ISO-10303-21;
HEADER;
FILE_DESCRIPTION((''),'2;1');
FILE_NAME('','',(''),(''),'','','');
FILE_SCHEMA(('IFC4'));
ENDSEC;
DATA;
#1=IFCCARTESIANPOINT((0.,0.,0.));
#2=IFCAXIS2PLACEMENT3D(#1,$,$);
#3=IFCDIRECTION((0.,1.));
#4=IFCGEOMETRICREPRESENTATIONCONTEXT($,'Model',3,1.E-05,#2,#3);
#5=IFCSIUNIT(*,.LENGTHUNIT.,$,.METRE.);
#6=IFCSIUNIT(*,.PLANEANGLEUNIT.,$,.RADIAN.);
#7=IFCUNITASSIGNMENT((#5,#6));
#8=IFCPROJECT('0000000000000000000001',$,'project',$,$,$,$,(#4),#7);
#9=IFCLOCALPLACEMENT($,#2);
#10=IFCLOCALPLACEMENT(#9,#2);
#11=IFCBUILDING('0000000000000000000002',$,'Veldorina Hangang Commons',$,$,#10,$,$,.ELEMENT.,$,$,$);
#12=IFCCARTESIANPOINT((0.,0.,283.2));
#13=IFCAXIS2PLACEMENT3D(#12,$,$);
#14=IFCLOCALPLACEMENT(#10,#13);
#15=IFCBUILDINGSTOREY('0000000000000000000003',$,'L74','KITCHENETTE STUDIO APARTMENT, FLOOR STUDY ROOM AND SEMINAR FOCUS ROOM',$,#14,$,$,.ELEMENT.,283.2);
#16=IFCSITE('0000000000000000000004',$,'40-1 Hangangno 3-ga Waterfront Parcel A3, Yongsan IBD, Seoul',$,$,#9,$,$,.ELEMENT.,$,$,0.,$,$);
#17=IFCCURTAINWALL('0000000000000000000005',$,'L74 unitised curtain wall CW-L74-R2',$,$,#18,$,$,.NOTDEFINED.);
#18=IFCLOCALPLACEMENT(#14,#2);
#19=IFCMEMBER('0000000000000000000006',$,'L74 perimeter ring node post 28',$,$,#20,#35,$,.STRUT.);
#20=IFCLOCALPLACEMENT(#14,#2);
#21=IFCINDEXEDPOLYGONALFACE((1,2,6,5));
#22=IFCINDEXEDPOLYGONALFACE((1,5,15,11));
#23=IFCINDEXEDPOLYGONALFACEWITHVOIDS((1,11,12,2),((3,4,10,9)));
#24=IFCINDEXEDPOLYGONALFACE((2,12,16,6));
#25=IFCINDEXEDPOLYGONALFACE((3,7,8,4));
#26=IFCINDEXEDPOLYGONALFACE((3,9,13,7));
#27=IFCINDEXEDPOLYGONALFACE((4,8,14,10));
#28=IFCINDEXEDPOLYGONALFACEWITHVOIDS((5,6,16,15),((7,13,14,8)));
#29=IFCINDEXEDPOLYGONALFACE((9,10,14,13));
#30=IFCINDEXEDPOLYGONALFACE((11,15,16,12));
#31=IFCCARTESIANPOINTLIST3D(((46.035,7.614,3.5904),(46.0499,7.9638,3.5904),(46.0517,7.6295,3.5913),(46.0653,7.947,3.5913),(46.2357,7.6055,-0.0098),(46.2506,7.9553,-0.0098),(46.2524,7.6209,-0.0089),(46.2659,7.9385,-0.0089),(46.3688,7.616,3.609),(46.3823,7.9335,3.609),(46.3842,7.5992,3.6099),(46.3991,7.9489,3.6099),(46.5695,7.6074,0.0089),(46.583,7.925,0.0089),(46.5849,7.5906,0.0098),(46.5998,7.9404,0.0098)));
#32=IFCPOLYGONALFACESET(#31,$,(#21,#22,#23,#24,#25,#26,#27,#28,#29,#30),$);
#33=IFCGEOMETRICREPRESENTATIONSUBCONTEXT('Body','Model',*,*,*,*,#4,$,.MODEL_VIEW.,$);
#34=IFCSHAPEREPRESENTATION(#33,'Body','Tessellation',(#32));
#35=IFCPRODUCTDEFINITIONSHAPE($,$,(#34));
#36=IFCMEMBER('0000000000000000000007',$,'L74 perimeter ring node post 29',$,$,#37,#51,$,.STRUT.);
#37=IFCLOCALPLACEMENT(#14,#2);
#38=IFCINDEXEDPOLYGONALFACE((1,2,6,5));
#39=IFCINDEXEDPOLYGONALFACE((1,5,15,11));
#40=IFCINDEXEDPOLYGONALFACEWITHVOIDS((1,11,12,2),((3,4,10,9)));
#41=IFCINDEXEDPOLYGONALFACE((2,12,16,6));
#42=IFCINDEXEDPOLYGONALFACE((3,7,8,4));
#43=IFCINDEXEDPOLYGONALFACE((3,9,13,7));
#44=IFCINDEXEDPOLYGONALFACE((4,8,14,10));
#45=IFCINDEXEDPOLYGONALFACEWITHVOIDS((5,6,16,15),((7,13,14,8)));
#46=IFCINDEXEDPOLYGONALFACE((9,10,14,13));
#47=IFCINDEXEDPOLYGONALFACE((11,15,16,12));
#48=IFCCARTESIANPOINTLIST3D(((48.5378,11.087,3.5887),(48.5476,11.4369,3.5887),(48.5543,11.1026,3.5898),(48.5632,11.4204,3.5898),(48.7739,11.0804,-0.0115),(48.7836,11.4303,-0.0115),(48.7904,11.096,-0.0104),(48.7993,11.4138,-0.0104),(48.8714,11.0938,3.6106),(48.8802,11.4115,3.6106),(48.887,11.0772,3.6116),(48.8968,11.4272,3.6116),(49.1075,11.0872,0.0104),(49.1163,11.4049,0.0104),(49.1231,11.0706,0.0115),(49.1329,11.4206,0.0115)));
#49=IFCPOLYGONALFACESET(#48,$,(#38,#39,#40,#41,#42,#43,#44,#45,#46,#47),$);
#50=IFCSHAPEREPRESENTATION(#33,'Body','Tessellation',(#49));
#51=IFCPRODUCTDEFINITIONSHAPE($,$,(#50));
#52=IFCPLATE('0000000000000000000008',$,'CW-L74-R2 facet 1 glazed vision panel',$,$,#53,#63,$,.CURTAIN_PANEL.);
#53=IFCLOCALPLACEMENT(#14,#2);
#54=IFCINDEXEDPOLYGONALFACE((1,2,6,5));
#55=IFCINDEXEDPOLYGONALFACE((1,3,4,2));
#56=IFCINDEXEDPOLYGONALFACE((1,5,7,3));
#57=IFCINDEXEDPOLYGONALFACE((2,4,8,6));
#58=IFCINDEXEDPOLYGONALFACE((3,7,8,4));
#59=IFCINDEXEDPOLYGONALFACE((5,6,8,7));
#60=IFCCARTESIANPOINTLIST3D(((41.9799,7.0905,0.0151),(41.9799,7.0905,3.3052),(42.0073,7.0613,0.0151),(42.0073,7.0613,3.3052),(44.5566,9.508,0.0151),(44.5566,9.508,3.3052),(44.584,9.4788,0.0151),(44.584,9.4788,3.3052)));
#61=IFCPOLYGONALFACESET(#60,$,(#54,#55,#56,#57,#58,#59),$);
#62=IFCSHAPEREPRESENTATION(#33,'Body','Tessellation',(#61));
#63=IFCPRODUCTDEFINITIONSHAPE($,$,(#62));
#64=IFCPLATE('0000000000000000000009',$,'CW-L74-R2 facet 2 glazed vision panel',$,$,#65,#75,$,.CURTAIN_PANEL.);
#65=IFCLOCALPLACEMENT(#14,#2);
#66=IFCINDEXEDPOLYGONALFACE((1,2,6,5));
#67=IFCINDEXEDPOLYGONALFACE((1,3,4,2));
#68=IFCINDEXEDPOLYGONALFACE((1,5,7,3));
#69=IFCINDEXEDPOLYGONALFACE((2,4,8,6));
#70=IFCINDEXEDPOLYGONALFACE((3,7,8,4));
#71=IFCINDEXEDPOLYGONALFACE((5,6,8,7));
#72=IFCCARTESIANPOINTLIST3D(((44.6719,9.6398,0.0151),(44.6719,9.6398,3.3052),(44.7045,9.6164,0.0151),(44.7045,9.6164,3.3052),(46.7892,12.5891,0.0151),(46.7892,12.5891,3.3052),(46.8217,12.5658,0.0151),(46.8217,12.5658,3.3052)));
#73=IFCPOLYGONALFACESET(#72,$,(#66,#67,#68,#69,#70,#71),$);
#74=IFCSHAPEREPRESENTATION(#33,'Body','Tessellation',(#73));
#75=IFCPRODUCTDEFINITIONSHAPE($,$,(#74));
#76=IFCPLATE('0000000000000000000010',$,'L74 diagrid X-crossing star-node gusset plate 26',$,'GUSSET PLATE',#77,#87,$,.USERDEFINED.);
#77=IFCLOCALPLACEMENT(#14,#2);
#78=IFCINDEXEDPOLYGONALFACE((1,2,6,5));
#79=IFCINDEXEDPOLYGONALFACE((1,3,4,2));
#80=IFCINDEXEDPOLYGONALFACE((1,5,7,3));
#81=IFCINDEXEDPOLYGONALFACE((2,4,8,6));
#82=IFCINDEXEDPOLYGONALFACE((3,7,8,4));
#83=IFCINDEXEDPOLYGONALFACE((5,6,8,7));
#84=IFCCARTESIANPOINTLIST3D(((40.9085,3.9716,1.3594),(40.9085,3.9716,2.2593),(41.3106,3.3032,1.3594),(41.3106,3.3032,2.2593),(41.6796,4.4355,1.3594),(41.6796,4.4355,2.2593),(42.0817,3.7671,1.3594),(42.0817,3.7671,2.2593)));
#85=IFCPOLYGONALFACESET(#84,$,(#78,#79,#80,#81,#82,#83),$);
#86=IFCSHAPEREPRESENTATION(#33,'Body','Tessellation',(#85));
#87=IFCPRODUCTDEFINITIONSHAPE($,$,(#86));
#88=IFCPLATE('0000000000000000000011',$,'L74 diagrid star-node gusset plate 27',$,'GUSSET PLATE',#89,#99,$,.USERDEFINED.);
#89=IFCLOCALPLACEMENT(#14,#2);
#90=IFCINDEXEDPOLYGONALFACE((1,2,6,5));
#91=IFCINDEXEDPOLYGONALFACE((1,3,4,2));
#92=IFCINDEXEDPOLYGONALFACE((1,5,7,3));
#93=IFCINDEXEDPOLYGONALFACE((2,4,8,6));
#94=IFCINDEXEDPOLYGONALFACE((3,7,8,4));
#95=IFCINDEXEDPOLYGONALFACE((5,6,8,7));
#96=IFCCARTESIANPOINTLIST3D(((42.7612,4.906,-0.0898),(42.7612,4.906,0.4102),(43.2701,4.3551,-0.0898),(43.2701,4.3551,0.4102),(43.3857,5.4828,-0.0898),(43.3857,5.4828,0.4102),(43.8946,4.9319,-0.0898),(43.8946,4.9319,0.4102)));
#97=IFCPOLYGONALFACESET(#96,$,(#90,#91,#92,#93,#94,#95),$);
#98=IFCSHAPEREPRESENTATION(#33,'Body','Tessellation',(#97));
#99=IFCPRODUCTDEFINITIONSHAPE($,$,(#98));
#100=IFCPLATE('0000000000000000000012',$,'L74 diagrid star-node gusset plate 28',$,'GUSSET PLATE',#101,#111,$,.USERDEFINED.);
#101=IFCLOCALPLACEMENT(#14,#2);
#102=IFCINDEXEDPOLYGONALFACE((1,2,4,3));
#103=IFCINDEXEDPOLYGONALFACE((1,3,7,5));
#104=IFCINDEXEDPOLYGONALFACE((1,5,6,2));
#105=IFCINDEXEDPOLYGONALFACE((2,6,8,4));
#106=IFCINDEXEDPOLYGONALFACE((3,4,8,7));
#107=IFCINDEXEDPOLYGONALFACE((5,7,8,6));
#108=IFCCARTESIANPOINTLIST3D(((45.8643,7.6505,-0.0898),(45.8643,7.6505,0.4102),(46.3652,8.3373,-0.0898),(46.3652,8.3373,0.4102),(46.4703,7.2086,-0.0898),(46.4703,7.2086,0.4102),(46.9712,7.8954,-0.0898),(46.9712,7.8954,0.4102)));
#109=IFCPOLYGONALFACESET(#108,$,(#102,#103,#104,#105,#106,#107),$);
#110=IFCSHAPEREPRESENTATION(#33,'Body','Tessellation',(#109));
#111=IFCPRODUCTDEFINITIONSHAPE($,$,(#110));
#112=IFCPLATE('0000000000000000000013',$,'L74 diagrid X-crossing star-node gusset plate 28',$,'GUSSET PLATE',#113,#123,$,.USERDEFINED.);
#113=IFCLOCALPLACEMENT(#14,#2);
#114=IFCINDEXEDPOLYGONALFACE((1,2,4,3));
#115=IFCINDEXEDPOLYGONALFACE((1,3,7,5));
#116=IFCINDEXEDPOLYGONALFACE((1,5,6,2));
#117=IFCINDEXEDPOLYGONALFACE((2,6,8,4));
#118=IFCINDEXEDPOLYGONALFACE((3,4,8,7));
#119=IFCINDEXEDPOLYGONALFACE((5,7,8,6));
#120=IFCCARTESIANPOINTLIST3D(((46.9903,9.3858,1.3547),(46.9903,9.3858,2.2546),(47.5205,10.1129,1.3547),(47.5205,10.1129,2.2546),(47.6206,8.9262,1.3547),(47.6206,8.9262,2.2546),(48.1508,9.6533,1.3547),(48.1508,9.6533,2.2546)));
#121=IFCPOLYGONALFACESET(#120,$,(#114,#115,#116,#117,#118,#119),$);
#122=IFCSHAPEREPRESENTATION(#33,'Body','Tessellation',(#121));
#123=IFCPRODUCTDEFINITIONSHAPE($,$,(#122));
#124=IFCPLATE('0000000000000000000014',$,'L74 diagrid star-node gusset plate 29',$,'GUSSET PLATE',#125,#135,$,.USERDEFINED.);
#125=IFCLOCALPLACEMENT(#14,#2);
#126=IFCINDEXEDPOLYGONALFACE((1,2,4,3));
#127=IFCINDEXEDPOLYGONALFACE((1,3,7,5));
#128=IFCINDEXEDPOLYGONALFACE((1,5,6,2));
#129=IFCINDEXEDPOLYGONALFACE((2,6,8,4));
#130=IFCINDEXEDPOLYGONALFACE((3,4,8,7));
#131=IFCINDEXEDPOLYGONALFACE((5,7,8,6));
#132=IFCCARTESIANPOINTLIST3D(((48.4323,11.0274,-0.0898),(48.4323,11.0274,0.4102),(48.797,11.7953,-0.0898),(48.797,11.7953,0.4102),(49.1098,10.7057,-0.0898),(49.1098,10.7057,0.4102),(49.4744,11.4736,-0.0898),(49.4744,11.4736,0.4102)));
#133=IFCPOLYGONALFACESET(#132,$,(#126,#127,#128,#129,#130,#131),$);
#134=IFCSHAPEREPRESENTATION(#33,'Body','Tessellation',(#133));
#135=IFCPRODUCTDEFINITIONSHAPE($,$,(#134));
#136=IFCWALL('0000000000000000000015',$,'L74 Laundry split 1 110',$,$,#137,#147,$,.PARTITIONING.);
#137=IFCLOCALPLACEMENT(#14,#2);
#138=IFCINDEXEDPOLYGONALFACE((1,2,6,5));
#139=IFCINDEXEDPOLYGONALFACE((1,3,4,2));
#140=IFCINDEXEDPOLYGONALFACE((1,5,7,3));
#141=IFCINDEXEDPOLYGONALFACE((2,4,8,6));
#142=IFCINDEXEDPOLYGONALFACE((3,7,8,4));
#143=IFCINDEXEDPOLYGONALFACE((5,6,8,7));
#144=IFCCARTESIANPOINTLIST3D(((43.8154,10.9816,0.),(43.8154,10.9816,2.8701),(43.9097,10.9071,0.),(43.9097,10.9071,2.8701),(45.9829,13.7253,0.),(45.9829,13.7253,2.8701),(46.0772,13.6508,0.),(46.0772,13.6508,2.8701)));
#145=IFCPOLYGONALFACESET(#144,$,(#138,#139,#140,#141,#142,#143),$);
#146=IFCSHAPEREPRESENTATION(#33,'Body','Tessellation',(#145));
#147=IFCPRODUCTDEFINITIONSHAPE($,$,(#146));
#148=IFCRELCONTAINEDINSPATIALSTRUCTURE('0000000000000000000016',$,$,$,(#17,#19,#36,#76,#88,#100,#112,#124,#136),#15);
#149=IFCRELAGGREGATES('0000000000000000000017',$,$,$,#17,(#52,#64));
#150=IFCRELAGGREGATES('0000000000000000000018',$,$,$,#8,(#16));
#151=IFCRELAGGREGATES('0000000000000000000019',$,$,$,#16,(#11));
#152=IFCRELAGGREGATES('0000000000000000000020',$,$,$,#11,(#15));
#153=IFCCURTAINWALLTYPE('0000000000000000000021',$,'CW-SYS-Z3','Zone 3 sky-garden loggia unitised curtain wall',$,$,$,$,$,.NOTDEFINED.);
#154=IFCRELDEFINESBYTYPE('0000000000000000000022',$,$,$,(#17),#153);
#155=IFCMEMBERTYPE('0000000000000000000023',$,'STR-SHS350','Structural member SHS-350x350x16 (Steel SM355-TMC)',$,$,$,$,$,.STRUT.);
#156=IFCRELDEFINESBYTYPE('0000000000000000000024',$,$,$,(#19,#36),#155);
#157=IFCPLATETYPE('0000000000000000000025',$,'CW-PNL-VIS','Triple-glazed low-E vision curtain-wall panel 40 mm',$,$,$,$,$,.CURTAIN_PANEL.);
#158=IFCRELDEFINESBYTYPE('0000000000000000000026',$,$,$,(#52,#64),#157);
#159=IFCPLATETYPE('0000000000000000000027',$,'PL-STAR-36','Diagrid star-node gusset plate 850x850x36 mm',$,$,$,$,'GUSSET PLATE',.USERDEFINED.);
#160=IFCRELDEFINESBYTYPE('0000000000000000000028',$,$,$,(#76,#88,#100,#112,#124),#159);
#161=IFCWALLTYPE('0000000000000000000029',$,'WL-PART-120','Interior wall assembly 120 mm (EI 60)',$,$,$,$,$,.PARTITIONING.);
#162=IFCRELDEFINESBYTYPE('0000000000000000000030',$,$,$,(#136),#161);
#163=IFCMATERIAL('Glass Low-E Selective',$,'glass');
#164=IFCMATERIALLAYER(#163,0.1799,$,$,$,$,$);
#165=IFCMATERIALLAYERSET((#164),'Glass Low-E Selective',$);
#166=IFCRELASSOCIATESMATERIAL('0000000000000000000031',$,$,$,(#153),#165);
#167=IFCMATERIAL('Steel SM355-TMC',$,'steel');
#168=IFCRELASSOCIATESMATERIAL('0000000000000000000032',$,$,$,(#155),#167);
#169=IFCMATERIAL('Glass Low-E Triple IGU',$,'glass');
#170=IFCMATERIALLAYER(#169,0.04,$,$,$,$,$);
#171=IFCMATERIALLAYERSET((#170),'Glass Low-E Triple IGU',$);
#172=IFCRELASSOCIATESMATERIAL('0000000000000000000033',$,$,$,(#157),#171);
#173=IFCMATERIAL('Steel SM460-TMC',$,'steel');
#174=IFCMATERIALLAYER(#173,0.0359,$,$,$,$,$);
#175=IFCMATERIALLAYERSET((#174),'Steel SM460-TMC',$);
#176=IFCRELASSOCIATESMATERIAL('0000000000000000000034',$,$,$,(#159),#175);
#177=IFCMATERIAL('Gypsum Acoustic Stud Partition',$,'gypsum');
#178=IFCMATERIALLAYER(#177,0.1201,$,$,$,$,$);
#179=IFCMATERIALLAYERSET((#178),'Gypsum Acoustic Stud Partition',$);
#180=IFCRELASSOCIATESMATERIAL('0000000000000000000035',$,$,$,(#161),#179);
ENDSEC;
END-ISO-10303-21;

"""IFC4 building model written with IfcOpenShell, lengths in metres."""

from ifc_helpers import new_model, si_unit, direction, frame, frame_2d, origin, origin_2d, place, context, subcontext, project, spatial, rectangle, hollow_rectangle, extrude, material, layer, layer_set, material_profile, profile_set, type_object, element, aggregate, save


model = new_model("IFC4")

# Units and contexts
model_context = context("Model", 3, precision=1e-05, world=origin(), true_north=direction((0.0, 1.0)))
body_context = subcontext(model_context, "Body", "Model", "MODEL_VIEW")
ifc_project = project(units=[si_unit("LENGTHUNIT", "METRE"), si_unit("PLANEANGLEUNIT", "RADIAN")], contexts=[model_context])

# Site, building, storey
site_placement = place(None, origin())
site = spatial("IfcSite", under=ifc_project, at=site_placement, Name="40-1 Hangangno 3-ga Waterfront Parcel A3, Yongsan IBD, Seoul", CompositionType="ELEMENT", RefElevation=0.0)
building_placement = place(site_placement, origin())
building = spatial("IfcBuilding", under=site, at=building_placement, Name="Veldorina Hangang Commons", CompositionType="ELEMENT")
storey_placement = place(building_placement, frame((0.0, 0.0, 283.2)))
storey = spatial("IfcBuildingStorey", under=building, at=storey_placement, Name="L74", Description="KITCHENETTE STUDIO APARTMENT, FLOOR STUDY ROOM AND SEMINAR FOCUS ROOM", CompositionType="ELEMENT", Elevation=283.2)

# Shared definitions
ifc_material_1 = material(Name="Steel SM355-TMC", Category="steel")

# Curtain wall
ifc_material_2 = material(Name="Glass Low-E Selective", Category="glass")
ifc_layer_1 = layer(ifc_material_2, 0.1799)
ifc_layer_set_1 = layer_set([ifc_layer_1], Name="Glass Low-E Selective")
curtain_wall_type = type_object("IfcCurtainWallType", Name="CW-SYS-Z3", Description="Zone 3 sky-garden loggia unitised curtain wall", PredefinedType="NOTDEFINED", material=ifc_layer_set_1)
curtain_wall_placement = place(storey_placement, origin())
curtain_wall = element("IfcCurtainWall", 1, at=curtain_wall_placement, inside=storey, type_object=curtain_wall_type, Name="L74 unitised curtain wall CW-L74-R2", PredefinedType="NOTDEFINED")

# Members
ifc_material_profile_1 = material_profile(ifc_material_1, hollow_rectangle(XDim=0.3501, YDim=0.3501, WallThickness=0.0161, at=origin_2d()), Name="SHS-350x350x16")
ifc_profile_set_1 = profile_set([ifc_material_profile_1], Name="Steel SM355-TMC")
member_type_1 = type_object("IfcMemberType", Name="STR-SHS350", Description="Structural member SHS-350x350x16 (Steel SM355-TMC)", PredefinedType="STRUT", material=ifc_profile_set_1)
member_1_placement = place(storey_placement, frame((46.4177, 7.7729, 0.0), z_axis=(-0.055657, 0.00237, 0.998447), x_axis=(-0.042541, -0.999095, 0.0)))
element("IfcMember", 2, at=member_1_placement, inside=storey, type_object=member_type_1, Name="L74 perimeter ring node post 28", PredefinedType="STRUT", context=body_context, shape_type="SweptSolid", body=[
    extrude(hollow_rectangle(XDim=0.3501, YDim=0.3501, WallThickness=0.0161, at=origin_2d()), origin(), (0.0, 0.0, 1.0), 3.6057),
])
member_2_placement = place(storey_placement, frame((48.9534, 11.2505, 0.0), z_axis=(-0.065436, 0.001827, 0.997855), x_axis=(-0.027911, -0.99961, 0.0)))
element("IfcMember", 3, at=member_2_placement, inside=storey, type_object=member_type_1, Name="L74 perimeter ring node post 29", PredefinedType="STRUT", context=body_context, shape_type="SweptSolid", body=[
    extrude(hollow_rectangle(XDim=0.3501, YDim=0.3501, WallThickness=0.0161, at=origin_2d()), origin(), (0.0, 0.0, 1.0), 3.6079),
])

# Plates
ifc_material_3 = material(Name="Glass Low-E Triple IGU", Category="glass")
ifc_layer_2 = layer(ifc_material_3, 0.04)
ifc_layer_set_2 = layer_set([ifc_layer_2], Name="Glass Low-E Triple IGU")
plate_type_1 = type_object("IfcPlateType", Name="CW-PNL-VIS", Description="Triple-glazed low-E vision curtain-wall panel 40 mm", PredefinedType="CURTAIN_PANEL", material=ifc_layer_set_2)
plate_1_placement = place(storey_placement, frame((43.282, 8.2847, 0.0151), z_axis=(0.0, 0.0, 1.0), x_axis=(0.729279, 0.684216, 0.0)))
plate_1 = element("IfcPlate", 4, at=plate_1_placement, type_object=plate_type_1, Name="CW-L74-R2 facet 1 glazed vision panel", PredefinedType="CURTAIN_PANEL", context=body_context, shape_type="SweptSolid", body=[
    extrude(rectangle(XDim=3.5332, YDim=0.04, at=origin_2d()), origin(), (0.0, 0.0, 1.0), 3.29),
])
plate_2_placement = place(storey_placement, frame((45.7468, 11.1028, 0.0151), z_axis=(0.0, 0.0, 1.0), x_axis=(0.583173, 0.812348, 0.0)))
plate_2 = element("IfcPlate", 5, at=plate_2_placement, type_object=plate_type_1, Name="CW-L74-R2 facet 2 glazed vision panel", PredefinedType="CURTAIN_PANEL", context=body_context, shape_type="SweptSolid", body=[
    extrude(rectangle(XDim=3.6306, YDim=0.04, at=origin_2d()), origin(), (0.0, 0.0, 1.0), 3.29),
])
aggregate(curtain_wall, [plate_1, plate_2])

# Plates
ifc_material_4 = material(Name="Steel SM460-TMC", Category="steel")
ifc_layer_3 = layer(ifc_material_4, 0.0359)
ifc_layer_set_3 = layer_set([ifc_layer_3], Name="Steel SM460-TMC")
plate_type_2 = type_object("IfcPlateType", Name="PL-STAR-36", Description="Diagrid star-node gusset plate 850x850x36 mm", ElementType="GUSSET PLATE", PredefinedType="USERDEFINED", material=ifc_layer_set_3)
plate_3_placement = place(storey_placement, frame((41.4951, 3.8694, 1.3594), z_axis=(0.0, 0.0, 1.0), x_axis=(0.856898, 0.515487, 0.0)))
element("IfcPlate", 6, at=plate_3_placement, inside=storey, type_object=plate_type_2, Name="L74 diagrid X-crossing star-node gusset plate 26", ObjectType="GUSSET PLATE", PredefinedType="USERDEFINED", context=body_context, shape_type="SweptSolid", body=[
    extrude(rectangle(XDim=0.8999, YDim=0.78, at=origin_2d()), origin(), (0.0, 0.0, 1.0), 0.8999),
])
for number, where, z_axis, x_axis, name in (
    (7, (43.3279, 4.9189, -0.0898), (0.0, 0.0, 1.0), (0.734583, 0.678519, 0.0), "L74 diagrid star-node gusset plate 27"),
    (8, (46.4177, 7.7729, -0.0898), (0.0, 0.0, 1.0), (0.589182, 0.808, 0.0), "L74 diagrid star-node gusset plate 28"),
):
    element("IfcPlate", number, at=place(storey_placement, frame(where, z_axis=z_axis, x_axis=x_axis)), inside=storey, type_object=plate_type_2, Name=name, ObjectType="GUSSET PLATE", PredefinedType="USERDEFINED", context=body_context, shape_type="SweptSolid", body=[
        extrude(rectangle(XDim=0.8501, YDim=0.75, at=origin_2d()), origin(), (0.0, 0.0, 1.0), 0.5),
    ])
plate_4_placement = place(storey_placement, frame((47.5706, 9.5195, 1.3547), z_axis=(0.0, 0.0, 1.0), x_axis=(0.589182, 0.808, 0.0)))
element("IfcPlate", 9, at=plate_4_placement, inside=storey, type_object=plate_type_2, Name="L74 diagrid X-crossing star-node gusset plate 28", ObjectType="GUSSET PLATE", PredefinedType="USERDEFINED", context=body_context, shape_type="SweptSolid", body=[
    extrude(rectangle(XDim=0.8999, YDim=0.78, at=origin_2d()), origin(), (0.0, 0.0, 1.0), 0.8999),
])
plate_5_placement = place(storey_placement, frame((48.9534, 11.2505, -0.0898), z_axis=(0.0, 0.0, 1.0), x_axis=(0.428982, 0.903313, 0.0)))
element("IfcPlate", 10, at=plate_5_placement, inside=storey, type_object=plate_type_2, Name="L74 diagrid star-node gusset plate 29", ObjectType="GUSSET PLATE", PredefinedType="USERDEFINED", context=body_context, shape_type="SweptSolid", body=[
    extrude(rectangle(XDim=0.8501, YDim=0.75, at=origin_2d()), origin(), (0.0, 0.0, 1.0), 0.5),
])

# Wall
ifc_material_5 = material(Name="Gypsum Acoustic Stud Partition", Category="gypsum")
ifc_layer_4 = layer(ifc_material_5, 0.1201)
ifc_layer_set_4 = layer_set([ifc_layer_4], Name="Gypsum Acoustic Stud Partition")
wall_type = type_object("IfcWallType", Name="WL-PART-120", Description="Interior wall assembly 120 mm (EI 60)", PredefinedType="PARTITIONING", material=ifc_layer_set_4)
wall_placement = place(storey_placement, frame((43.8625, 10.9443, 0.0), z_axis=(0.0, 0.0, 1.0), x_axis=(0.619898, 0.784683, 0.0)))
element("IfcWall", 11, at=wall_placement, inside=storey, type_object=wall_type, Name="L74 Laundry split 1 110", PredefinedType="PARTITIONING", context=body_context, shape_type="SweptSolid", body=[
    extrude(rectangle(XDim=3.4966, YDim=0.1201, at=frame_2d((1.7483, 0.0))), origin(), (0.0, 0.0, 1.0), 2.8701),
])

save(model, "model.ifc")
